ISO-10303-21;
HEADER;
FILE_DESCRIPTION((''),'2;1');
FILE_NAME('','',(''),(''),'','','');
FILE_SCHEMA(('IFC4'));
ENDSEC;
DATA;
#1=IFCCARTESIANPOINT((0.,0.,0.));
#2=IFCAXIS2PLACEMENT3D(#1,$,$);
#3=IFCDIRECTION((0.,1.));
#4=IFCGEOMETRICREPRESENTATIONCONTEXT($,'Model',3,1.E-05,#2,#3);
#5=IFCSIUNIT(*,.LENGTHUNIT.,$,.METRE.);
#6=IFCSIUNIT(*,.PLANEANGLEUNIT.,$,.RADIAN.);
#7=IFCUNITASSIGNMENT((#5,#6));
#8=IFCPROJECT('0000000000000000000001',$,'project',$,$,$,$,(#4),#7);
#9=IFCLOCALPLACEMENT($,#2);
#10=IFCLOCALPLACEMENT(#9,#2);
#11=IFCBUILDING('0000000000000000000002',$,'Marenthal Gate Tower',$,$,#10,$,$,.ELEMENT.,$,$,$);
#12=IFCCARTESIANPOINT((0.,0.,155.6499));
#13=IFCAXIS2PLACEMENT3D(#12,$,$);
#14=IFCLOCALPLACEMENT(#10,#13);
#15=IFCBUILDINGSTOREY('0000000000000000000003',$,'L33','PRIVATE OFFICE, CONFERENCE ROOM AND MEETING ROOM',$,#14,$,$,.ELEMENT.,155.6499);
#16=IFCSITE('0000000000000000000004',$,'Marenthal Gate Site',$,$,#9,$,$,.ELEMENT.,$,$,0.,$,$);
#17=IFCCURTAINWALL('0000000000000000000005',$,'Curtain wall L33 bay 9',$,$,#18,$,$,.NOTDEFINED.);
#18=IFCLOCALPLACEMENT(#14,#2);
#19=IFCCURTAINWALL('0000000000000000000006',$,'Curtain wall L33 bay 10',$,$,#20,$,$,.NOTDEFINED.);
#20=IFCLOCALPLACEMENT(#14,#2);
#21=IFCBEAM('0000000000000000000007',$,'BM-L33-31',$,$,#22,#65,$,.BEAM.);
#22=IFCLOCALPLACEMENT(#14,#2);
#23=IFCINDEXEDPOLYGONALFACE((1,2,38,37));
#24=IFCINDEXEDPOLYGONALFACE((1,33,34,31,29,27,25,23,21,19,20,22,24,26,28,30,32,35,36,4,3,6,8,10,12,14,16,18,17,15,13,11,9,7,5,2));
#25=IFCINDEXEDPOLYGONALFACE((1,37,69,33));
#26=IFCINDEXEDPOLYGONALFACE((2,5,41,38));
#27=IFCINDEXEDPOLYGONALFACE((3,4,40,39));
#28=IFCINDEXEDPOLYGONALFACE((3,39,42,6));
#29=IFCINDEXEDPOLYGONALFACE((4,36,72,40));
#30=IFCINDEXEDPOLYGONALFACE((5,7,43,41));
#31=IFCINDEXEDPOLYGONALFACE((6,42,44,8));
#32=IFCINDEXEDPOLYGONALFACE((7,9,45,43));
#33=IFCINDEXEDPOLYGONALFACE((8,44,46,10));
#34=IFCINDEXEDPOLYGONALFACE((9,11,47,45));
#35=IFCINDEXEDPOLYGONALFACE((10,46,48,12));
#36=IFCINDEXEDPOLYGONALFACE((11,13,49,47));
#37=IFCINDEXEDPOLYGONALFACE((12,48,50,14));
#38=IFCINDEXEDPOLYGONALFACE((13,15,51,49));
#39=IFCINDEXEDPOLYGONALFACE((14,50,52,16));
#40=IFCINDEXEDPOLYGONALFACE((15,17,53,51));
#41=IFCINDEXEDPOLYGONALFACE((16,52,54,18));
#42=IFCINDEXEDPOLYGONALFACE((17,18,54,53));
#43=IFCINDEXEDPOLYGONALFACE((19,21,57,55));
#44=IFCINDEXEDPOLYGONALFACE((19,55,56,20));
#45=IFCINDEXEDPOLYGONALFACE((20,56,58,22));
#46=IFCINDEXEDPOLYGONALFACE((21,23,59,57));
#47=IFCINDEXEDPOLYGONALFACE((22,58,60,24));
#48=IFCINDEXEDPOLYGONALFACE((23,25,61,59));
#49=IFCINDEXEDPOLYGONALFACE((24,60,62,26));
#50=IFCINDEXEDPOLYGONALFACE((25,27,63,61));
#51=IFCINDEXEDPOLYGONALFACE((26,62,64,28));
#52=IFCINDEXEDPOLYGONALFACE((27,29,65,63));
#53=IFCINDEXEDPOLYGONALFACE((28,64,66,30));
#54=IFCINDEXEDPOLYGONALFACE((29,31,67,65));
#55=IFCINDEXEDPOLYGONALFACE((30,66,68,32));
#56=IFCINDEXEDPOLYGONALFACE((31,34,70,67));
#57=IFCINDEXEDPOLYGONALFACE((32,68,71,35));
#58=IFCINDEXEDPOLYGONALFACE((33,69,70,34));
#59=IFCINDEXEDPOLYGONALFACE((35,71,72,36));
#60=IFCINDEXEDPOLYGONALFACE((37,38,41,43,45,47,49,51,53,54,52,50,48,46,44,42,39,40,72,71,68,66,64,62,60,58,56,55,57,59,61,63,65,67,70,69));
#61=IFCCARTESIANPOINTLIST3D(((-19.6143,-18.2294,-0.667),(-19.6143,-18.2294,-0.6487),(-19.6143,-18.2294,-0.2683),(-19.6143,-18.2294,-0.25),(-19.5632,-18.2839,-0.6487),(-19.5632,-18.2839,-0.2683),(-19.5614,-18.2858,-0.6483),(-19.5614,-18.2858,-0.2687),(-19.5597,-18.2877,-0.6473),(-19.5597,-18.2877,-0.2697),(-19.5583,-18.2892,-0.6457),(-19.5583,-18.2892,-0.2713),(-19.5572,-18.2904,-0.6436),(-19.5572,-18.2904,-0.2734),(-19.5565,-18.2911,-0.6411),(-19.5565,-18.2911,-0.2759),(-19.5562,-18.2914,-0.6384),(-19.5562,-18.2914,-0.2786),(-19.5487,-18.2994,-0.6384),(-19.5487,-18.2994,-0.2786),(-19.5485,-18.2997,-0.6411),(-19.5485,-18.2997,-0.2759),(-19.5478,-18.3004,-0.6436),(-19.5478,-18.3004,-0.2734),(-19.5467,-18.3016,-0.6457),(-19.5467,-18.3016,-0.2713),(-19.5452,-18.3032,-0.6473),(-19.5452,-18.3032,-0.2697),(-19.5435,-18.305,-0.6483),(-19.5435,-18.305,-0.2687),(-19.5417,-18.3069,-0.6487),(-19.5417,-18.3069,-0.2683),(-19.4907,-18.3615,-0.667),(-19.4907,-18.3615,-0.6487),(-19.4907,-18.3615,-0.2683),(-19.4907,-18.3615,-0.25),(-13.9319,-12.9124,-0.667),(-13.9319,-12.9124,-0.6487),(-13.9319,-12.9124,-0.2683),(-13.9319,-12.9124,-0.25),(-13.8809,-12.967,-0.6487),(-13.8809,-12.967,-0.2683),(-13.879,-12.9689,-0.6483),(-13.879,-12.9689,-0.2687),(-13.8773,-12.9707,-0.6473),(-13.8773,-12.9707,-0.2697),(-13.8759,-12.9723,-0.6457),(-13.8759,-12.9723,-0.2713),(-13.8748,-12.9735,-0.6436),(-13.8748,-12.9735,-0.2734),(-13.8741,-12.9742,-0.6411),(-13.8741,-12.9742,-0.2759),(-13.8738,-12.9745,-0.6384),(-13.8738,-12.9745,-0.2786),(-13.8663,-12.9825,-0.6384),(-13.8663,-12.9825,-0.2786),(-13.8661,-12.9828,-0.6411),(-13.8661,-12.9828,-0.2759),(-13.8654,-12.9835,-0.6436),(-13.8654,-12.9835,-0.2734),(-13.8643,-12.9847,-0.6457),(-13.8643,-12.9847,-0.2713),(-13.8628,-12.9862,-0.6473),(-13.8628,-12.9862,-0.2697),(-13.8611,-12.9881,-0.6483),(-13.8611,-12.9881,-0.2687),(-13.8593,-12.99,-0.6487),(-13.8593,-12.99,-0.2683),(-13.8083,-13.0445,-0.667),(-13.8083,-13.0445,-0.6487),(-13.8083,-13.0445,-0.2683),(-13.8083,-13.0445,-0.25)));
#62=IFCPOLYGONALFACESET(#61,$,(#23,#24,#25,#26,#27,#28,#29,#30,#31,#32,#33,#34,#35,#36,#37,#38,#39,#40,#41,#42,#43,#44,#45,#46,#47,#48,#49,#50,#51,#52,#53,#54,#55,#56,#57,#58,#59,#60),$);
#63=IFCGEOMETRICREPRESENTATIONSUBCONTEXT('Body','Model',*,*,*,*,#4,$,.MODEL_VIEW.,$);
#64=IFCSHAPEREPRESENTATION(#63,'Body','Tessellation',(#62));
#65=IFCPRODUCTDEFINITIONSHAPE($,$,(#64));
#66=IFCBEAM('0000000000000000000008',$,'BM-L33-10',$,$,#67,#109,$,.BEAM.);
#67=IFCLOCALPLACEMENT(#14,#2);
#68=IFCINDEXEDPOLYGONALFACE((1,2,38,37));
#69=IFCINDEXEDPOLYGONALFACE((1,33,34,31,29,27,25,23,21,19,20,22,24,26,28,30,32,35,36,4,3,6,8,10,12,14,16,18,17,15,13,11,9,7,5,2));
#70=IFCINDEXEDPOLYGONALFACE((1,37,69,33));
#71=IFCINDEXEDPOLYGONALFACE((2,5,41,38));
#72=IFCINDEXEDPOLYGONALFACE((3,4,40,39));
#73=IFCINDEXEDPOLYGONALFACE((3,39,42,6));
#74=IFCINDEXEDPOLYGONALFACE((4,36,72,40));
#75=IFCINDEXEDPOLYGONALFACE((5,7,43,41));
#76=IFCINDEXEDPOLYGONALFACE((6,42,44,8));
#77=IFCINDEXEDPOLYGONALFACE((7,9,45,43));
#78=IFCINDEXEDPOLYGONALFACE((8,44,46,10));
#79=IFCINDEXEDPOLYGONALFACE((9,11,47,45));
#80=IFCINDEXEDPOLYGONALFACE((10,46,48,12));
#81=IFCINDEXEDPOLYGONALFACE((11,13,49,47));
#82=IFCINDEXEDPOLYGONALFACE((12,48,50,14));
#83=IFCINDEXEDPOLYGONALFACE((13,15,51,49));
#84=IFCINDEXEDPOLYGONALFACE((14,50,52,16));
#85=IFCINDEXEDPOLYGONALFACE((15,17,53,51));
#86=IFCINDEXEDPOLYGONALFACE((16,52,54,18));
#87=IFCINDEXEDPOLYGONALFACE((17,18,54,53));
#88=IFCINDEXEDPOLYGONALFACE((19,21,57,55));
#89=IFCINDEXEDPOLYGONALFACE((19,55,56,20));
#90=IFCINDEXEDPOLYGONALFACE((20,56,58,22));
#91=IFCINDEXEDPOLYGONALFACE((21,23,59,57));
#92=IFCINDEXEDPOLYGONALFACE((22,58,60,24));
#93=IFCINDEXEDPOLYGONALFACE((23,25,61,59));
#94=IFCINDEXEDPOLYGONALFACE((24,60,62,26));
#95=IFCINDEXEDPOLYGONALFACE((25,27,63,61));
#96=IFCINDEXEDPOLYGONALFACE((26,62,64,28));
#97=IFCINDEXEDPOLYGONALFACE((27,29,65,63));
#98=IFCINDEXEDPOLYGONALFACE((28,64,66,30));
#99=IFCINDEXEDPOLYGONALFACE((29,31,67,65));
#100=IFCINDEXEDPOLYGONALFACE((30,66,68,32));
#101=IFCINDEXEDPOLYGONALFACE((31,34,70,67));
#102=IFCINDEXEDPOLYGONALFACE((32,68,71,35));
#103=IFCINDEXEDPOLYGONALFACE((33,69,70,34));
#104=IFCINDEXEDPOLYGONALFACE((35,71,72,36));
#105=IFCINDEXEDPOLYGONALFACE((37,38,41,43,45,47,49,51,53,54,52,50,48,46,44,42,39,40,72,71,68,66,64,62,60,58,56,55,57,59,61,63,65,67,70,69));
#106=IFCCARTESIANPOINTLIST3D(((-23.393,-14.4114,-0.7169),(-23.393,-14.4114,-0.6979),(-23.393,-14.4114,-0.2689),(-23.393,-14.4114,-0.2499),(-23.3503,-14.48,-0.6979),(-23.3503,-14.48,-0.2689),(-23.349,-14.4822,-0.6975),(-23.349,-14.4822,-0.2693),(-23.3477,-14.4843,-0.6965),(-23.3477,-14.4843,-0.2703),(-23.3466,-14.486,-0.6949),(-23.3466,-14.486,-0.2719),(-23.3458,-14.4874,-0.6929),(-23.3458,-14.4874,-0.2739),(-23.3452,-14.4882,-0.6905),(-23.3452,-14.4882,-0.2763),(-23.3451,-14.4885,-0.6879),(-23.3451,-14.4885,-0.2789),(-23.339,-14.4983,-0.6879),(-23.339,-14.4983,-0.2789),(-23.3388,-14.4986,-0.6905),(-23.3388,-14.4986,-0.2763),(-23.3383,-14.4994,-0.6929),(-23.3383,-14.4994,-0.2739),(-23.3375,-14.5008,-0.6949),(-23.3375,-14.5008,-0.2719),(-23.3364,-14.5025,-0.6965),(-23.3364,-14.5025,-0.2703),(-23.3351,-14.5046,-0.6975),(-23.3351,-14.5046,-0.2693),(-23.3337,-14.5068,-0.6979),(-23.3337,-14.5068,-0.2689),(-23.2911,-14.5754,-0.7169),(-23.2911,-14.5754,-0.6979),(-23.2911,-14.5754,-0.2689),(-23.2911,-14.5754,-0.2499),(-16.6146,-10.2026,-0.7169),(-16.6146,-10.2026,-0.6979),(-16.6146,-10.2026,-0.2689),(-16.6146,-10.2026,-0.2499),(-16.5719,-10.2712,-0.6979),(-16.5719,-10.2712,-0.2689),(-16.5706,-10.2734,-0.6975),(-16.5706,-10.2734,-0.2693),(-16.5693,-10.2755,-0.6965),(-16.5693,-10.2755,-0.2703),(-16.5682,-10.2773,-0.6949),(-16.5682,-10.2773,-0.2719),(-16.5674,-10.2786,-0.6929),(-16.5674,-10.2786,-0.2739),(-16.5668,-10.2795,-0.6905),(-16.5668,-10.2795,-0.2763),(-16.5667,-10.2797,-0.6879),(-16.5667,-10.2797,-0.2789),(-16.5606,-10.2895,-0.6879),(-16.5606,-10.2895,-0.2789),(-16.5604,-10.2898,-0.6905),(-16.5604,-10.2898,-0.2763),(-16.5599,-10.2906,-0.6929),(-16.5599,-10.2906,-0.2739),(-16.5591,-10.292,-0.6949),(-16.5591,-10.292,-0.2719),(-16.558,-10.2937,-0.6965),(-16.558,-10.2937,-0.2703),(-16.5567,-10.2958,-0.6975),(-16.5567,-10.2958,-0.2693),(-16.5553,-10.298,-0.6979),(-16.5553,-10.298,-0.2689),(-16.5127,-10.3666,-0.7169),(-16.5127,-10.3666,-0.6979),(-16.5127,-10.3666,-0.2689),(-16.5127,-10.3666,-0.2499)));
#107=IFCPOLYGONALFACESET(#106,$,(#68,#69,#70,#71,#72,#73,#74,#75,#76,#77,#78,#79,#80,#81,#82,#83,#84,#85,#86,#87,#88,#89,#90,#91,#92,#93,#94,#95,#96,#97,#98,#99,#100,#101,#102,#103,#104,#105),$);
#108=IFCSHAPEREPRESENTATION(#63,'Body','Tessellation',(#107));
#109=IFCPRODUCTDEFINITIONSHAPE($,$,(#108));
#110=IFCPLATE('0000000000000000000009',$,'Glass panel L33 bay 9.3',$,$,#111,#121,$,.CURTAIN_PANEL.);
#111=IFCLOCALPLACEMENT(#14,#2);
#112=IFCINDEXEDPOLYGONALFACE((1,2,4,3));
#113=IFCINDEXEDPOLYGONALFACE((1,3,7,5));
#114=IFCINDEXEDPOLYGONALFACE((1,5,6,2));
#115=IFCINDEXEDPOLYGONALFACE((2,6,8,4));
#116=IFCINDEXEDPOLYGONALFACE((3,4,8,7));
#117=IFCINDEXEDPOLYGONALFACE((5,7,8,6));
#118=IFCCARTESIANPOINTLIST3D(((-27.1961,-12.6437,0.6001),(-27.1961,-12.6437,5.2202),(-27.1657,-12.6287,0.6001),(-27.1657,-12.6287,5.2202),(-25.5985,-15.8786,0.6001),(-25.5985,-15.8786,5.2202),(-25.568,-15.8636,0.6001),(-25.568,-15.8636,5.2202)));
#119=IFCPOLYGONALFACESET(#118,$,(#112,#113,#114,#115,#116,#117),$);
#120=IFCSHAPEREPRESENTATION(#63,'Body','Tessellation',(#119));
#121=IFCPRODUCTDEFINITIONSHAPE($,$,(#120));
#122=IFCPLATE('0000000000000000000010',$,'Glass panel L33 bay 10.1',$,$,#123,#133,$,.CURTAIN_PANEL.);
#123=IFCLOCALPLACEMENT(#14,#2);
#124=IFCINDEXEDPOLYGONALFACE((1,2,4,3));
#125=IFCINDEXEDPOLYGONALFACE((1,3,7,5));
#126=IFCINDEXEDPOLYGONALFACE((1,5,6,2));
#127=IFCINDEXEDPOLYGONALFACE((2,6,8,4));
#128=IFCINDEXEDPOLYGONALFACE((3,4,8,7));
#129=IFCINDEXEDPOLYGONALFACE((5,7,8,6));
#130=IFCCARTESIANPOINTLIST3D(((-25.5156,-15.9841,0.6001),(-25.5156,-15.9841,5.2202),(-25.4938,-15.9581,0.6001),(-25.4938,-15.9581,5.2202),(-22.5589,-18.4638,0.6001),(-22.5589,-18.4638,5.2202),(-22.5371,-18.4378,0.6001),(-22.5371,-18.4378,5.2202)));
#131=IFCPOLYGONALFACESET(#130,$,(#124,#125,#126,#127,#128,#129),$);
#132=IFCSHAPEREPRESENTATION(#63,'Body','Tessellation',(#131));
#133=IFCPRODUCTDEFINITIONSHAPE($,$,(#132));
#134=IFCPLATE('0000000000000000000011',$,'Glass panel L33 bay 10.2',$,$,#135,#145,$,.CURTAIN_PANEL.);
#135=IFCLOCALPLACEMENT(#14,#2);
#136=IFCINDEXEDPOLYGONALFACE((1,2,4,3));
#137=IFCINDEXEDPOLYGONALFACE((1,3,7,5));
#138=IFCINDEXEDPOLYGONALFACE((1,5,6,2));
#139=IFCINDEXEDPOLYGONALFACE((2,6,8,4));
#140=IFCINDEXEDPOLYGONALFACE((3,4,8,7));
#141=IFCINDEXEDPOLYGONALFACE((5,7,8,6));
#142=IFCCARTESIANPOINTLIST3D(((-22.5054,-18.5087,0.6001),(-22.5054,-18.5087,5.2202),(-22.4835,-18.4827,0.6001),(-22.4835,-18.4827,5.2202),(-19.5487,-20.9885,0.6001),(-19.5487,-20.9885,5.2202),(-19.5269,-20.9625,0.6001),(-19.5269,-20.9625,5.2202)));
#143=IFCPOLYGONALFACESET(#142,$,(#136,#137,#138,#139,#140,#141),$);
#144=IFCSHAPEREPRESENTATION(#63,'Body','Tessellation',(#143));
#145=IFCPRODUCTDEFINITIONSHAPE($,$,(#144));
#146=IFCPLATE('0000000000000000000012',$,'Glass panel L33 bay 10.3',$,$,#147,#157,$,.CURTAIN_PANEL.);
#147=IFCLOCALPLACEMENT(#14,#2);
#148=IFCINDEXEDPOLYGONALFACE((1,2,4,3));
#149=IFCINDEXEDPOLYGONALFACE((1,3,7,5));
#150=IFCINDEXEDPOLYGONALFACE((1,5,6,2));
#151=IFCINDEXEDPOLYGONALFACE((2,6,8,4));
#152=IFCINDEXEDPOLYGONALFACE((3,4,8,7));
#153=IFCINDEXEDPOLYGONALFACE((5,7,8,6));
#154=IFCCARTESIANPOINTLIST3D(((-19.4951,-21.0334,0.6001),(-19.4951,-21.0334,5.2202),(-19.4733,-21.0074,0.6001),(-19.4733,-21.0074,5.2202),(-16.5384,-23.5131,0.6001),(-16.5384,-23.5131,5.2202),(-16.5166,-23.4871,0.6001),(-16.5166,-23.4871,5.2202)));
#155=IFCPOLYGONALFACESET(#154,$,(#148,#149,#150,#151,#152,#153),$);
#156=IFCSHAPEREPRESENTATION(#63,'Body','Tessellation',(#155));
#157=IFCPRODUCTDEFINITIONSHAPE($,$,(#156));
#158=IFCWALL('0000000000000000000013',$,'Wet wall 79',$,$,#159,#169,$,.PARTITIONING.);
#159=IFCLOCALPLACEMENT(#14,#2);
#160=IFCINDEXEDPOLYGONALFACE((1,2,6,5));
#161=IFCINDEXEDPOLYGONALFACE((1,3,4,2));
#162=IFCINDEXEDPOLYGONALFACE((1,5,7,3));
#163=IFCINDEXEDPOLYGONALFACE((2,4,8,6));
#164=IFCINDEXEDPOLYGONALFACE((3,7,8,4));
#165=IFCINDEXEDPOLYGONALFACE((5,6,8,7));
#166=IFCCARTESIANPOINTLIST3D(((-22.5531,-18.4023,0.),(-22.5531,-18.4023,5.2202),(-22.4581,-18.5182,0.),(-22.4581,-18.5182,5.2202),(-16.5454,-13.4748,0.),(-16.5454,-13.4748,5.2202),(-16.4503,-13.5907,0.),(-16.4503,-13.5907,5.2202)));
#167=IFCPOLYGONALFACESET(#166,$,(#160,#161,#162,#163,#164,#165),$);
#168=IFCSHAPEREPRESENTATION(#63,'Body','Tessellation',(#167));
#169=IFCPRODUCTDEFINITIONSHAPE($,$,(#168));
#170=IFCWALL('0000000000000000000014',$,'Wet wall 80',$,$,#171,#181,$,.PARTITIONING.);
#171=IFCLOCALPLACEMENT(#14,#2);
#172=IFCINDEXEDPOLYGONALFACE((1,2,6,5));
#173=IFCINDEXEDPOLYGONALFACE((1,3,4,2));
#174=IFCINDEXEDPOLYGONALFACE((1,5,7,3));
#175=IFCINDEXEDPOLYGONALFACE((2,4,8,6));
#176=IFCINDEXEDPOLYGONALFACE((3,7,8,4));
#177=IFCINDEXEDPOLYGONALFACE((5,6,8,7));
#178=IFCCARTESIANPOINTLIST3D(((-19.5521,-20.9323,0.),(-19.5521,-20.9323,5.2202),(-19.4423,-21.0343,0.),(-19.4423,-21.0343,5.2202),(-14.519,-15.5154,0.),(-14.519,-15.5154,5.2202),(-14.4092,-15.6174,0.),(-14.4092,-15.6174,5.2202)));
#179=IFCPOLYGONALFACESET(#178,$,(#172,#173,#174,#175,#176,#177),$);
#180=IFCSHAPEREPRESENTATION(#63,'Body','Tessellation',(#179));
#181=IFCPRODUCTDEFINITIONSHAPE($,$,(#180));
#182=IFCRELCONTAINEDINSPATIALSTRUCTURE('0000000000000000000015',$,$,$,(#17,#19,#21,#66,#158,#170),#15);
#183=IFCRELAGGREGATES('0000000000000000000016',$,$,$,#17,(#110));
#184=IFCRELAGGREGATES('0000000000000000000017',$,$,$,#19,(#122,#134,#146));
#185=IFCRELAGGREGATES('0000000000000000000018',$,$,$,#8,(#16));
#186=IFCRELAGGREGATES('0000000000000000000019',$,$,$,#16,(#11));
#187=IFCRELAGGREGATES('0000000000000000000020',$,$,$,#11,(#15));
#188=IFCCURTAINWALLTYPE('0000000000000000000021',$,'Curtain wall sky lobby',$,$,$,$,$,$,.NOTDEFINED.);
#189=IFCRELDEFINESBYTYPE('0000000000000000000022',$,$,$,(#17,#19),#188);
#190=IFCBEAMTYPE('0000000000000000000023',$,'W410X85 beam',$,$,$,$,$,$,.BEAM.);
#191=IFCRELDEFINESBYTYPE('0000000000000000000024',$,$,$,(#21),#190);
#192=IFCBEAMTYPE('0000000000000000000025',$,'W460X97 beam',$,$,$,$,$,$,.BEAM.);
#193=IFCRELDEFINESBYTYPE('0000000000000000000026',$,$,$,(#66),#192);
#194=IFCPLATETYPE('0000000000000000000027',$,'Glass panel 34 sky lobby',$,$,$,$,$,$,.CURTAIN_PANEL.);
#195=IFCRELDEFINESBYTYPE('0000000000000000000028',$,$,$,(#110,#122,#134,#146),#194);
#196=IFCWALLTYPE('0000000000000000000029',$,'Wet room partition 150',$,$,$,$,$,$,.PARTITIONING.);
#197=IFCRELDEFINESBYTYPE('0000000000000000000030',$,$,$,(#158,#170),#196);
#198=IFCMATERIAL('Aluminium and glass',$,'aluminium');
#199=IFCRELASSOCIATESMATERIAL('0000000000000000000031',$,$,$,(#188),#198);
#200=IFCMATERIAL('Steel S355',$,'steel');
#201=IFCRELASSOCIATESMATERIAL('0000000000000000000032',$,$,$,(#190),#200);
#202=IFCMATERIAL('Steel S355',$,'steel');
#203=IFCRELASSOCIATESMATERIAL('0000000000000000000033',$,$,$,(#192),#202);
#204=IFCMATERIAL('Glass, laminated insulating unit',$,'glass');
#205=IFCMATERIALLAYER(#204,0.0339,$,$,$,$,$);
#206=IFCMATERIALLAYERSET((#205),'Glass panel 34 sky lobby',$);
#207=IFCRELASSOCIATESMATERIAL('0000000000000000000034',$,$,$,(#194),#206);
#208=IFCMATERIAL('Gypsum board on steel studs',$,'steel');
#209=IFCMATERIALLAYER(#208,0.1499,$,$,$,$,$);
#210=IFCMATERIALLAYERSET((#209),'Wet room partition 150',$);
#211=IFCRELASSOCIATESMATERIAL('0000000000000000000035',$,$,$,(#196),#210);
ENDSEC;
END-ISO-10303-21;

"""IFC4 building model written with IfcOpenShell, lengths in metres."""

from ifc_helpers import new_model, si_unit, direction, frame, frame_2d, origin, origin_2d, place, context, subcontext, project, spatial, rectangle, i_section, extrude, material, layer, layer_set, material_profile, profile_set, type_object, element, aggregate, save


model = new_model("IFC4")

# Units and contexts
model_context = context("Model", 3, precision=1e-05, world=origin(), true_north=direction((0.0, 1.0)))
body_context = subcontext(model_context, "Body", "Model", "MODEL_VIEW")
ifc_project = project(units=[si_unit("LENGTHUNIT", "METRE"), si_unit("PLANEANGLEUNIT", "RADIAN")], contexts=[model_context])

# Site, building, storey
site_placement = place(None, origin())
site = spatial("IfcSite", under=ifc_project, at=site_placement, Name="Marenthal Gate Site", CompositionType="ELEMENT", RefElevation=0.0)
building_placement = place(site_placement, origin())
building = spatial("IfcBuilding", under=site, at=building_placement, Name="Marenthal Gate Tower", CompositionType="ELEMENT")
storey_placement = place(building_placement, frame((0.0, 0.0, 155.6499)))
storey = spatial("IfcBuildingStorey", under=building, at=storey_placement, Name="L33", Description="PRIVATE OFFICE, CONFERENCE ROOM AND MEETING ROOM", CompositionType="ELEMENT", Elevation=155.6499)

# Curtain walls
ifc_material_1 = material(Name="Aluminium and glass", Category="aluminium")
curtain_wall_type = type_object("IfcCurtainWallType", Name="Curtain wall sky lobby", PredefinedType="NOTDEFINED", material=ifc_material_1)
curtain_wall_1_placement = place(storey_placement, origin())
curtain_wall_1 = element("IfcCurtainWall", 1, at=curtain_wall_1_placement, inside=storey, type_object=curtain_wall_type, Name="Curtain wall L33 bay 9", PredefinedType="NOTDEFINED")
curtain_wall_2_placement = place(storey_placement, origin())
curtain_wall_2 = element("IfcCurtainWall", 2, at=curtain_wall_2_placement, inside=storey, type_object=curtain_wall_type, Name="Curtain wall L33 bay 10", PredefinedType="NOTDEFINED")

# Beams
ifc_material_2 = material(Name="Steel S355", Category="steel")
ifc_material_profile_1 = material_profile(ifc_material_2, i_section(OverallWidth=0.1809, OverallDepth=0.417, WebThickness=0.011, FlangeThickness=0.0183, FilletRadius=0.0103, at=origin_2d()), Name="W410X85")
ifc_profile_set_1 = profile_set([ifc_material_profile_1], Name="Steel S355")
beam_type_1 = type_object("IfcBeamType", Name="W410X85 beam", PredefinedType="BEAM", material=ifc_profile_set_1)
beam_1_placement = place(storey_placement, frame((-19.5525, -18.2954, -0.4585), z_axis=(0.730199, 0.683234, 0.0), x_axis=(-0.683234, 0.730199, 0.0)))
element("IfcBeam", 3, at=beam_1_placement, inside=storey, type_object=beam_type_1, Name="BM-L33-31", PredefinedType="BEAM", context=body_context, shape_type="SweptSolid", body=[
    extrude(i_section(OverallWidth=0.1809, OverallDepth=0.417, WebThickness=0.011, FlangeThickness=0.0183, FilletRadius=0.0103, at=origin_2d()), origin(), (0.0, 0.0, 1.0), 7.782),
])
ifc_material_3 = material(Name="Steel S355", Category="steel")
ifc_material_profile_2 = material_profile(ifc_material_3, i_section(OverallWidth=0.1931, OverallDepth=0.467, WebThickness=0.0115, FlangeThickness=0.019, FilletRadius=0.01, at=origin_2d()), Name="W460X97")
ifc_profile_set_2 = profile_set([ifc_material_profile_2], Name="Steel S355")
beam_type_2 = type_object("IfcBeamType", Name="W460X97 beam", PredefinedType="BEAM", material=ifc_profile_set_2)
beam_2_placement = place(storey_placement, frame((-23.342, -14.4934, -0.4834), z_axis=(0.849556, 0.527499, 0.0), x_axis=(-0.527499, 0.849556, 0.0)))
element("IfcBeam", 4, at=beam_2_placement, inside=storey, type_object=beam_type_2, Name="BM-L33-10", PredefinedType="BEAM", context=body_context, shape_type="SweptSolid", body=[
    extrude(i_section(OverallWidth=0.1931, OverallDepth=0.467, WebThickness=0.0115, FlangeThickness=0.019, FilletRadius=0.01, at=origin_2d()), origin(), (0.0, 0.0, 1.0), 7.9788),
])

# Plates
ifc_material_4 = material(Name="Glass, laminated insulating unit", Category="glass")
ifc_layer_1 = layer(ifc_material_4, 0.0339)
ifc_layer_set_1 = layer_set([ifc_layer_1], Name="Glass panel 34 sky lobby")
plate_type = type_object("IfcPlateType", Name="Glass panel 34 sky lobby", PredefinedType="CURTAIN_PANEL", material=ifc_layer_set_1)
plate_1_placement = place(storey_placement, frame((-26.3821, -14.2537, 0.6001), z_axis=(0.0, 0.0, 1.0), x_axis=(0.442824, -0.896609, 0.0)))
plate_1 = element("IfcPlate", 5, at=plate_1_placement, type_object=plate_type, Name="Glass panel L33 bay 9.3", PredefinedType="CURTAIN_PANEL", context=body_context, shape_type="SweptSolid", body=[
    extrude(rectangle(XDim=3.6079, YDim=0.0339, at=origin_2d()), origin(), (0.0, 0.0, 1.0), 4.6201),
])
aggregate(curtain_wall_1, [plate_1])
plate_2_placement = place(storey_placement, frame((-24.0264, -17.2109, 0.6001), z_axis=(0.0, 0.0, 1.0), x_axis=(0.7662, -0.642602, 0.0)))
plate_2 = element("IfcPlate", 6, at=plate_2_placement, type_object=plate_type, Name="Glass panel L33 bay 10.1", PredefinedType="CURTAIN_PANEL", context=body_context, shape_type="SweptSolid", body=[
    extrude(rectangle(XDim=3.8589, YDim=0.0339, at=origin_2d()), origin(), (0.0, 0.0, 1.0), 4.6201),
])
plate_3_placement = place(storey_placement, frame((-21.0161, -19.7356, 0.6001), z_axis=(0.0, 0.0, 1.0), x_axis=(0.7662, -0.642602, 0.0)))
plate_3 = element("IfcPlate", 7, at=plate_3_placement, type_object=plate_type, Name="Glass panel L33 bay 10.2", PredefinedType="CURTAIN_PANEL", context=body_context, shape_type="SweptSolid", body=[
    extrude(rectangle(XDim=3.8589, YDim=0.0339, at=origin_2d()), origin(), (0.0, 0.0, 1.0), 4.6201),
])
plate_4_placement = place(storey_placement, frame((-18.0059, -22.2603, 0.6001), z_axis=(0.0, 0.0, 1.0), x_axis=(0.7662, -0.642602, 0.0)))
plate_4 = element("IfcPlate", 8, at=plate_4_placement, type_object=plate_type, Name="Glass panel L33 bay 10.3", PredefinedType="CURTAIN_PANEL", context=body_context, shape_type="SweptSolid", body=[
    extrude(rectangle(XDim=3.8589, YDim=0.0339, at=origin_2d()), origin(), (0.0, 0.0, 1.0), 4.6201),
])
aggregate(curtain_wall_2, [plate_2, plate_3, plate_4])

# Walls
ifc_material_5 = material(Name="Gypsum board on steel studs", Category="steel")
ifc_layer_2 = layer(ifc_material_5, 0.1499)
ifc_layer_set_2 = layer_set([ifc_layer_2], Name="Wet room partition 150")
wall_type = type_object("IfcWallType", Name="Wet room partition 150", PredefinedType="PARTITIONING", material=ifc_layer_set_2)
wall_1_placement = place(storey_placement, frame((-22.5056, -18.4602, 0.0), z_axis=(0.0, 0.0, 1.0), x_axis=(0.773199, 0.634163, 0.0)))
element("IfcWall", 9, at=wall_1_placement, inside=storey, type_object=wall_type, Name="Wet wall 79", PredefinedType="PARTITIONING", context=body_context, shape_type="SweptSolid", body=[
    extrude(rectangle(XDim=7.77, YDim=0.1499, at=frame_2d((3.885, 0.0))), origin(), (0.0, 0.0, 1.0), 5.2202),
])
wall_2_placement = place(storey_placement, frame((-19.4973, -20.9834, 0.0), z_axis=(0.0, 0.0, 1.0), x_axis=(0.680679, 0.732582, 0.0)))
element("IfcWall", 10, at=wall_2_placement, inside=storey, type_object=wall_type, Name="Wet wall 80", PredefinedType="PARTITIONING", context=body_context, shape_type="SweptSolid", body=[
    extrude(rectangle(XDim=7.3943, YDim=0.1499, at=frame_2d((3.6973, 0.0))), origin(), (0.0, 0.0, 1.0), 5.2202),
])

save(model, "model.ifc")
